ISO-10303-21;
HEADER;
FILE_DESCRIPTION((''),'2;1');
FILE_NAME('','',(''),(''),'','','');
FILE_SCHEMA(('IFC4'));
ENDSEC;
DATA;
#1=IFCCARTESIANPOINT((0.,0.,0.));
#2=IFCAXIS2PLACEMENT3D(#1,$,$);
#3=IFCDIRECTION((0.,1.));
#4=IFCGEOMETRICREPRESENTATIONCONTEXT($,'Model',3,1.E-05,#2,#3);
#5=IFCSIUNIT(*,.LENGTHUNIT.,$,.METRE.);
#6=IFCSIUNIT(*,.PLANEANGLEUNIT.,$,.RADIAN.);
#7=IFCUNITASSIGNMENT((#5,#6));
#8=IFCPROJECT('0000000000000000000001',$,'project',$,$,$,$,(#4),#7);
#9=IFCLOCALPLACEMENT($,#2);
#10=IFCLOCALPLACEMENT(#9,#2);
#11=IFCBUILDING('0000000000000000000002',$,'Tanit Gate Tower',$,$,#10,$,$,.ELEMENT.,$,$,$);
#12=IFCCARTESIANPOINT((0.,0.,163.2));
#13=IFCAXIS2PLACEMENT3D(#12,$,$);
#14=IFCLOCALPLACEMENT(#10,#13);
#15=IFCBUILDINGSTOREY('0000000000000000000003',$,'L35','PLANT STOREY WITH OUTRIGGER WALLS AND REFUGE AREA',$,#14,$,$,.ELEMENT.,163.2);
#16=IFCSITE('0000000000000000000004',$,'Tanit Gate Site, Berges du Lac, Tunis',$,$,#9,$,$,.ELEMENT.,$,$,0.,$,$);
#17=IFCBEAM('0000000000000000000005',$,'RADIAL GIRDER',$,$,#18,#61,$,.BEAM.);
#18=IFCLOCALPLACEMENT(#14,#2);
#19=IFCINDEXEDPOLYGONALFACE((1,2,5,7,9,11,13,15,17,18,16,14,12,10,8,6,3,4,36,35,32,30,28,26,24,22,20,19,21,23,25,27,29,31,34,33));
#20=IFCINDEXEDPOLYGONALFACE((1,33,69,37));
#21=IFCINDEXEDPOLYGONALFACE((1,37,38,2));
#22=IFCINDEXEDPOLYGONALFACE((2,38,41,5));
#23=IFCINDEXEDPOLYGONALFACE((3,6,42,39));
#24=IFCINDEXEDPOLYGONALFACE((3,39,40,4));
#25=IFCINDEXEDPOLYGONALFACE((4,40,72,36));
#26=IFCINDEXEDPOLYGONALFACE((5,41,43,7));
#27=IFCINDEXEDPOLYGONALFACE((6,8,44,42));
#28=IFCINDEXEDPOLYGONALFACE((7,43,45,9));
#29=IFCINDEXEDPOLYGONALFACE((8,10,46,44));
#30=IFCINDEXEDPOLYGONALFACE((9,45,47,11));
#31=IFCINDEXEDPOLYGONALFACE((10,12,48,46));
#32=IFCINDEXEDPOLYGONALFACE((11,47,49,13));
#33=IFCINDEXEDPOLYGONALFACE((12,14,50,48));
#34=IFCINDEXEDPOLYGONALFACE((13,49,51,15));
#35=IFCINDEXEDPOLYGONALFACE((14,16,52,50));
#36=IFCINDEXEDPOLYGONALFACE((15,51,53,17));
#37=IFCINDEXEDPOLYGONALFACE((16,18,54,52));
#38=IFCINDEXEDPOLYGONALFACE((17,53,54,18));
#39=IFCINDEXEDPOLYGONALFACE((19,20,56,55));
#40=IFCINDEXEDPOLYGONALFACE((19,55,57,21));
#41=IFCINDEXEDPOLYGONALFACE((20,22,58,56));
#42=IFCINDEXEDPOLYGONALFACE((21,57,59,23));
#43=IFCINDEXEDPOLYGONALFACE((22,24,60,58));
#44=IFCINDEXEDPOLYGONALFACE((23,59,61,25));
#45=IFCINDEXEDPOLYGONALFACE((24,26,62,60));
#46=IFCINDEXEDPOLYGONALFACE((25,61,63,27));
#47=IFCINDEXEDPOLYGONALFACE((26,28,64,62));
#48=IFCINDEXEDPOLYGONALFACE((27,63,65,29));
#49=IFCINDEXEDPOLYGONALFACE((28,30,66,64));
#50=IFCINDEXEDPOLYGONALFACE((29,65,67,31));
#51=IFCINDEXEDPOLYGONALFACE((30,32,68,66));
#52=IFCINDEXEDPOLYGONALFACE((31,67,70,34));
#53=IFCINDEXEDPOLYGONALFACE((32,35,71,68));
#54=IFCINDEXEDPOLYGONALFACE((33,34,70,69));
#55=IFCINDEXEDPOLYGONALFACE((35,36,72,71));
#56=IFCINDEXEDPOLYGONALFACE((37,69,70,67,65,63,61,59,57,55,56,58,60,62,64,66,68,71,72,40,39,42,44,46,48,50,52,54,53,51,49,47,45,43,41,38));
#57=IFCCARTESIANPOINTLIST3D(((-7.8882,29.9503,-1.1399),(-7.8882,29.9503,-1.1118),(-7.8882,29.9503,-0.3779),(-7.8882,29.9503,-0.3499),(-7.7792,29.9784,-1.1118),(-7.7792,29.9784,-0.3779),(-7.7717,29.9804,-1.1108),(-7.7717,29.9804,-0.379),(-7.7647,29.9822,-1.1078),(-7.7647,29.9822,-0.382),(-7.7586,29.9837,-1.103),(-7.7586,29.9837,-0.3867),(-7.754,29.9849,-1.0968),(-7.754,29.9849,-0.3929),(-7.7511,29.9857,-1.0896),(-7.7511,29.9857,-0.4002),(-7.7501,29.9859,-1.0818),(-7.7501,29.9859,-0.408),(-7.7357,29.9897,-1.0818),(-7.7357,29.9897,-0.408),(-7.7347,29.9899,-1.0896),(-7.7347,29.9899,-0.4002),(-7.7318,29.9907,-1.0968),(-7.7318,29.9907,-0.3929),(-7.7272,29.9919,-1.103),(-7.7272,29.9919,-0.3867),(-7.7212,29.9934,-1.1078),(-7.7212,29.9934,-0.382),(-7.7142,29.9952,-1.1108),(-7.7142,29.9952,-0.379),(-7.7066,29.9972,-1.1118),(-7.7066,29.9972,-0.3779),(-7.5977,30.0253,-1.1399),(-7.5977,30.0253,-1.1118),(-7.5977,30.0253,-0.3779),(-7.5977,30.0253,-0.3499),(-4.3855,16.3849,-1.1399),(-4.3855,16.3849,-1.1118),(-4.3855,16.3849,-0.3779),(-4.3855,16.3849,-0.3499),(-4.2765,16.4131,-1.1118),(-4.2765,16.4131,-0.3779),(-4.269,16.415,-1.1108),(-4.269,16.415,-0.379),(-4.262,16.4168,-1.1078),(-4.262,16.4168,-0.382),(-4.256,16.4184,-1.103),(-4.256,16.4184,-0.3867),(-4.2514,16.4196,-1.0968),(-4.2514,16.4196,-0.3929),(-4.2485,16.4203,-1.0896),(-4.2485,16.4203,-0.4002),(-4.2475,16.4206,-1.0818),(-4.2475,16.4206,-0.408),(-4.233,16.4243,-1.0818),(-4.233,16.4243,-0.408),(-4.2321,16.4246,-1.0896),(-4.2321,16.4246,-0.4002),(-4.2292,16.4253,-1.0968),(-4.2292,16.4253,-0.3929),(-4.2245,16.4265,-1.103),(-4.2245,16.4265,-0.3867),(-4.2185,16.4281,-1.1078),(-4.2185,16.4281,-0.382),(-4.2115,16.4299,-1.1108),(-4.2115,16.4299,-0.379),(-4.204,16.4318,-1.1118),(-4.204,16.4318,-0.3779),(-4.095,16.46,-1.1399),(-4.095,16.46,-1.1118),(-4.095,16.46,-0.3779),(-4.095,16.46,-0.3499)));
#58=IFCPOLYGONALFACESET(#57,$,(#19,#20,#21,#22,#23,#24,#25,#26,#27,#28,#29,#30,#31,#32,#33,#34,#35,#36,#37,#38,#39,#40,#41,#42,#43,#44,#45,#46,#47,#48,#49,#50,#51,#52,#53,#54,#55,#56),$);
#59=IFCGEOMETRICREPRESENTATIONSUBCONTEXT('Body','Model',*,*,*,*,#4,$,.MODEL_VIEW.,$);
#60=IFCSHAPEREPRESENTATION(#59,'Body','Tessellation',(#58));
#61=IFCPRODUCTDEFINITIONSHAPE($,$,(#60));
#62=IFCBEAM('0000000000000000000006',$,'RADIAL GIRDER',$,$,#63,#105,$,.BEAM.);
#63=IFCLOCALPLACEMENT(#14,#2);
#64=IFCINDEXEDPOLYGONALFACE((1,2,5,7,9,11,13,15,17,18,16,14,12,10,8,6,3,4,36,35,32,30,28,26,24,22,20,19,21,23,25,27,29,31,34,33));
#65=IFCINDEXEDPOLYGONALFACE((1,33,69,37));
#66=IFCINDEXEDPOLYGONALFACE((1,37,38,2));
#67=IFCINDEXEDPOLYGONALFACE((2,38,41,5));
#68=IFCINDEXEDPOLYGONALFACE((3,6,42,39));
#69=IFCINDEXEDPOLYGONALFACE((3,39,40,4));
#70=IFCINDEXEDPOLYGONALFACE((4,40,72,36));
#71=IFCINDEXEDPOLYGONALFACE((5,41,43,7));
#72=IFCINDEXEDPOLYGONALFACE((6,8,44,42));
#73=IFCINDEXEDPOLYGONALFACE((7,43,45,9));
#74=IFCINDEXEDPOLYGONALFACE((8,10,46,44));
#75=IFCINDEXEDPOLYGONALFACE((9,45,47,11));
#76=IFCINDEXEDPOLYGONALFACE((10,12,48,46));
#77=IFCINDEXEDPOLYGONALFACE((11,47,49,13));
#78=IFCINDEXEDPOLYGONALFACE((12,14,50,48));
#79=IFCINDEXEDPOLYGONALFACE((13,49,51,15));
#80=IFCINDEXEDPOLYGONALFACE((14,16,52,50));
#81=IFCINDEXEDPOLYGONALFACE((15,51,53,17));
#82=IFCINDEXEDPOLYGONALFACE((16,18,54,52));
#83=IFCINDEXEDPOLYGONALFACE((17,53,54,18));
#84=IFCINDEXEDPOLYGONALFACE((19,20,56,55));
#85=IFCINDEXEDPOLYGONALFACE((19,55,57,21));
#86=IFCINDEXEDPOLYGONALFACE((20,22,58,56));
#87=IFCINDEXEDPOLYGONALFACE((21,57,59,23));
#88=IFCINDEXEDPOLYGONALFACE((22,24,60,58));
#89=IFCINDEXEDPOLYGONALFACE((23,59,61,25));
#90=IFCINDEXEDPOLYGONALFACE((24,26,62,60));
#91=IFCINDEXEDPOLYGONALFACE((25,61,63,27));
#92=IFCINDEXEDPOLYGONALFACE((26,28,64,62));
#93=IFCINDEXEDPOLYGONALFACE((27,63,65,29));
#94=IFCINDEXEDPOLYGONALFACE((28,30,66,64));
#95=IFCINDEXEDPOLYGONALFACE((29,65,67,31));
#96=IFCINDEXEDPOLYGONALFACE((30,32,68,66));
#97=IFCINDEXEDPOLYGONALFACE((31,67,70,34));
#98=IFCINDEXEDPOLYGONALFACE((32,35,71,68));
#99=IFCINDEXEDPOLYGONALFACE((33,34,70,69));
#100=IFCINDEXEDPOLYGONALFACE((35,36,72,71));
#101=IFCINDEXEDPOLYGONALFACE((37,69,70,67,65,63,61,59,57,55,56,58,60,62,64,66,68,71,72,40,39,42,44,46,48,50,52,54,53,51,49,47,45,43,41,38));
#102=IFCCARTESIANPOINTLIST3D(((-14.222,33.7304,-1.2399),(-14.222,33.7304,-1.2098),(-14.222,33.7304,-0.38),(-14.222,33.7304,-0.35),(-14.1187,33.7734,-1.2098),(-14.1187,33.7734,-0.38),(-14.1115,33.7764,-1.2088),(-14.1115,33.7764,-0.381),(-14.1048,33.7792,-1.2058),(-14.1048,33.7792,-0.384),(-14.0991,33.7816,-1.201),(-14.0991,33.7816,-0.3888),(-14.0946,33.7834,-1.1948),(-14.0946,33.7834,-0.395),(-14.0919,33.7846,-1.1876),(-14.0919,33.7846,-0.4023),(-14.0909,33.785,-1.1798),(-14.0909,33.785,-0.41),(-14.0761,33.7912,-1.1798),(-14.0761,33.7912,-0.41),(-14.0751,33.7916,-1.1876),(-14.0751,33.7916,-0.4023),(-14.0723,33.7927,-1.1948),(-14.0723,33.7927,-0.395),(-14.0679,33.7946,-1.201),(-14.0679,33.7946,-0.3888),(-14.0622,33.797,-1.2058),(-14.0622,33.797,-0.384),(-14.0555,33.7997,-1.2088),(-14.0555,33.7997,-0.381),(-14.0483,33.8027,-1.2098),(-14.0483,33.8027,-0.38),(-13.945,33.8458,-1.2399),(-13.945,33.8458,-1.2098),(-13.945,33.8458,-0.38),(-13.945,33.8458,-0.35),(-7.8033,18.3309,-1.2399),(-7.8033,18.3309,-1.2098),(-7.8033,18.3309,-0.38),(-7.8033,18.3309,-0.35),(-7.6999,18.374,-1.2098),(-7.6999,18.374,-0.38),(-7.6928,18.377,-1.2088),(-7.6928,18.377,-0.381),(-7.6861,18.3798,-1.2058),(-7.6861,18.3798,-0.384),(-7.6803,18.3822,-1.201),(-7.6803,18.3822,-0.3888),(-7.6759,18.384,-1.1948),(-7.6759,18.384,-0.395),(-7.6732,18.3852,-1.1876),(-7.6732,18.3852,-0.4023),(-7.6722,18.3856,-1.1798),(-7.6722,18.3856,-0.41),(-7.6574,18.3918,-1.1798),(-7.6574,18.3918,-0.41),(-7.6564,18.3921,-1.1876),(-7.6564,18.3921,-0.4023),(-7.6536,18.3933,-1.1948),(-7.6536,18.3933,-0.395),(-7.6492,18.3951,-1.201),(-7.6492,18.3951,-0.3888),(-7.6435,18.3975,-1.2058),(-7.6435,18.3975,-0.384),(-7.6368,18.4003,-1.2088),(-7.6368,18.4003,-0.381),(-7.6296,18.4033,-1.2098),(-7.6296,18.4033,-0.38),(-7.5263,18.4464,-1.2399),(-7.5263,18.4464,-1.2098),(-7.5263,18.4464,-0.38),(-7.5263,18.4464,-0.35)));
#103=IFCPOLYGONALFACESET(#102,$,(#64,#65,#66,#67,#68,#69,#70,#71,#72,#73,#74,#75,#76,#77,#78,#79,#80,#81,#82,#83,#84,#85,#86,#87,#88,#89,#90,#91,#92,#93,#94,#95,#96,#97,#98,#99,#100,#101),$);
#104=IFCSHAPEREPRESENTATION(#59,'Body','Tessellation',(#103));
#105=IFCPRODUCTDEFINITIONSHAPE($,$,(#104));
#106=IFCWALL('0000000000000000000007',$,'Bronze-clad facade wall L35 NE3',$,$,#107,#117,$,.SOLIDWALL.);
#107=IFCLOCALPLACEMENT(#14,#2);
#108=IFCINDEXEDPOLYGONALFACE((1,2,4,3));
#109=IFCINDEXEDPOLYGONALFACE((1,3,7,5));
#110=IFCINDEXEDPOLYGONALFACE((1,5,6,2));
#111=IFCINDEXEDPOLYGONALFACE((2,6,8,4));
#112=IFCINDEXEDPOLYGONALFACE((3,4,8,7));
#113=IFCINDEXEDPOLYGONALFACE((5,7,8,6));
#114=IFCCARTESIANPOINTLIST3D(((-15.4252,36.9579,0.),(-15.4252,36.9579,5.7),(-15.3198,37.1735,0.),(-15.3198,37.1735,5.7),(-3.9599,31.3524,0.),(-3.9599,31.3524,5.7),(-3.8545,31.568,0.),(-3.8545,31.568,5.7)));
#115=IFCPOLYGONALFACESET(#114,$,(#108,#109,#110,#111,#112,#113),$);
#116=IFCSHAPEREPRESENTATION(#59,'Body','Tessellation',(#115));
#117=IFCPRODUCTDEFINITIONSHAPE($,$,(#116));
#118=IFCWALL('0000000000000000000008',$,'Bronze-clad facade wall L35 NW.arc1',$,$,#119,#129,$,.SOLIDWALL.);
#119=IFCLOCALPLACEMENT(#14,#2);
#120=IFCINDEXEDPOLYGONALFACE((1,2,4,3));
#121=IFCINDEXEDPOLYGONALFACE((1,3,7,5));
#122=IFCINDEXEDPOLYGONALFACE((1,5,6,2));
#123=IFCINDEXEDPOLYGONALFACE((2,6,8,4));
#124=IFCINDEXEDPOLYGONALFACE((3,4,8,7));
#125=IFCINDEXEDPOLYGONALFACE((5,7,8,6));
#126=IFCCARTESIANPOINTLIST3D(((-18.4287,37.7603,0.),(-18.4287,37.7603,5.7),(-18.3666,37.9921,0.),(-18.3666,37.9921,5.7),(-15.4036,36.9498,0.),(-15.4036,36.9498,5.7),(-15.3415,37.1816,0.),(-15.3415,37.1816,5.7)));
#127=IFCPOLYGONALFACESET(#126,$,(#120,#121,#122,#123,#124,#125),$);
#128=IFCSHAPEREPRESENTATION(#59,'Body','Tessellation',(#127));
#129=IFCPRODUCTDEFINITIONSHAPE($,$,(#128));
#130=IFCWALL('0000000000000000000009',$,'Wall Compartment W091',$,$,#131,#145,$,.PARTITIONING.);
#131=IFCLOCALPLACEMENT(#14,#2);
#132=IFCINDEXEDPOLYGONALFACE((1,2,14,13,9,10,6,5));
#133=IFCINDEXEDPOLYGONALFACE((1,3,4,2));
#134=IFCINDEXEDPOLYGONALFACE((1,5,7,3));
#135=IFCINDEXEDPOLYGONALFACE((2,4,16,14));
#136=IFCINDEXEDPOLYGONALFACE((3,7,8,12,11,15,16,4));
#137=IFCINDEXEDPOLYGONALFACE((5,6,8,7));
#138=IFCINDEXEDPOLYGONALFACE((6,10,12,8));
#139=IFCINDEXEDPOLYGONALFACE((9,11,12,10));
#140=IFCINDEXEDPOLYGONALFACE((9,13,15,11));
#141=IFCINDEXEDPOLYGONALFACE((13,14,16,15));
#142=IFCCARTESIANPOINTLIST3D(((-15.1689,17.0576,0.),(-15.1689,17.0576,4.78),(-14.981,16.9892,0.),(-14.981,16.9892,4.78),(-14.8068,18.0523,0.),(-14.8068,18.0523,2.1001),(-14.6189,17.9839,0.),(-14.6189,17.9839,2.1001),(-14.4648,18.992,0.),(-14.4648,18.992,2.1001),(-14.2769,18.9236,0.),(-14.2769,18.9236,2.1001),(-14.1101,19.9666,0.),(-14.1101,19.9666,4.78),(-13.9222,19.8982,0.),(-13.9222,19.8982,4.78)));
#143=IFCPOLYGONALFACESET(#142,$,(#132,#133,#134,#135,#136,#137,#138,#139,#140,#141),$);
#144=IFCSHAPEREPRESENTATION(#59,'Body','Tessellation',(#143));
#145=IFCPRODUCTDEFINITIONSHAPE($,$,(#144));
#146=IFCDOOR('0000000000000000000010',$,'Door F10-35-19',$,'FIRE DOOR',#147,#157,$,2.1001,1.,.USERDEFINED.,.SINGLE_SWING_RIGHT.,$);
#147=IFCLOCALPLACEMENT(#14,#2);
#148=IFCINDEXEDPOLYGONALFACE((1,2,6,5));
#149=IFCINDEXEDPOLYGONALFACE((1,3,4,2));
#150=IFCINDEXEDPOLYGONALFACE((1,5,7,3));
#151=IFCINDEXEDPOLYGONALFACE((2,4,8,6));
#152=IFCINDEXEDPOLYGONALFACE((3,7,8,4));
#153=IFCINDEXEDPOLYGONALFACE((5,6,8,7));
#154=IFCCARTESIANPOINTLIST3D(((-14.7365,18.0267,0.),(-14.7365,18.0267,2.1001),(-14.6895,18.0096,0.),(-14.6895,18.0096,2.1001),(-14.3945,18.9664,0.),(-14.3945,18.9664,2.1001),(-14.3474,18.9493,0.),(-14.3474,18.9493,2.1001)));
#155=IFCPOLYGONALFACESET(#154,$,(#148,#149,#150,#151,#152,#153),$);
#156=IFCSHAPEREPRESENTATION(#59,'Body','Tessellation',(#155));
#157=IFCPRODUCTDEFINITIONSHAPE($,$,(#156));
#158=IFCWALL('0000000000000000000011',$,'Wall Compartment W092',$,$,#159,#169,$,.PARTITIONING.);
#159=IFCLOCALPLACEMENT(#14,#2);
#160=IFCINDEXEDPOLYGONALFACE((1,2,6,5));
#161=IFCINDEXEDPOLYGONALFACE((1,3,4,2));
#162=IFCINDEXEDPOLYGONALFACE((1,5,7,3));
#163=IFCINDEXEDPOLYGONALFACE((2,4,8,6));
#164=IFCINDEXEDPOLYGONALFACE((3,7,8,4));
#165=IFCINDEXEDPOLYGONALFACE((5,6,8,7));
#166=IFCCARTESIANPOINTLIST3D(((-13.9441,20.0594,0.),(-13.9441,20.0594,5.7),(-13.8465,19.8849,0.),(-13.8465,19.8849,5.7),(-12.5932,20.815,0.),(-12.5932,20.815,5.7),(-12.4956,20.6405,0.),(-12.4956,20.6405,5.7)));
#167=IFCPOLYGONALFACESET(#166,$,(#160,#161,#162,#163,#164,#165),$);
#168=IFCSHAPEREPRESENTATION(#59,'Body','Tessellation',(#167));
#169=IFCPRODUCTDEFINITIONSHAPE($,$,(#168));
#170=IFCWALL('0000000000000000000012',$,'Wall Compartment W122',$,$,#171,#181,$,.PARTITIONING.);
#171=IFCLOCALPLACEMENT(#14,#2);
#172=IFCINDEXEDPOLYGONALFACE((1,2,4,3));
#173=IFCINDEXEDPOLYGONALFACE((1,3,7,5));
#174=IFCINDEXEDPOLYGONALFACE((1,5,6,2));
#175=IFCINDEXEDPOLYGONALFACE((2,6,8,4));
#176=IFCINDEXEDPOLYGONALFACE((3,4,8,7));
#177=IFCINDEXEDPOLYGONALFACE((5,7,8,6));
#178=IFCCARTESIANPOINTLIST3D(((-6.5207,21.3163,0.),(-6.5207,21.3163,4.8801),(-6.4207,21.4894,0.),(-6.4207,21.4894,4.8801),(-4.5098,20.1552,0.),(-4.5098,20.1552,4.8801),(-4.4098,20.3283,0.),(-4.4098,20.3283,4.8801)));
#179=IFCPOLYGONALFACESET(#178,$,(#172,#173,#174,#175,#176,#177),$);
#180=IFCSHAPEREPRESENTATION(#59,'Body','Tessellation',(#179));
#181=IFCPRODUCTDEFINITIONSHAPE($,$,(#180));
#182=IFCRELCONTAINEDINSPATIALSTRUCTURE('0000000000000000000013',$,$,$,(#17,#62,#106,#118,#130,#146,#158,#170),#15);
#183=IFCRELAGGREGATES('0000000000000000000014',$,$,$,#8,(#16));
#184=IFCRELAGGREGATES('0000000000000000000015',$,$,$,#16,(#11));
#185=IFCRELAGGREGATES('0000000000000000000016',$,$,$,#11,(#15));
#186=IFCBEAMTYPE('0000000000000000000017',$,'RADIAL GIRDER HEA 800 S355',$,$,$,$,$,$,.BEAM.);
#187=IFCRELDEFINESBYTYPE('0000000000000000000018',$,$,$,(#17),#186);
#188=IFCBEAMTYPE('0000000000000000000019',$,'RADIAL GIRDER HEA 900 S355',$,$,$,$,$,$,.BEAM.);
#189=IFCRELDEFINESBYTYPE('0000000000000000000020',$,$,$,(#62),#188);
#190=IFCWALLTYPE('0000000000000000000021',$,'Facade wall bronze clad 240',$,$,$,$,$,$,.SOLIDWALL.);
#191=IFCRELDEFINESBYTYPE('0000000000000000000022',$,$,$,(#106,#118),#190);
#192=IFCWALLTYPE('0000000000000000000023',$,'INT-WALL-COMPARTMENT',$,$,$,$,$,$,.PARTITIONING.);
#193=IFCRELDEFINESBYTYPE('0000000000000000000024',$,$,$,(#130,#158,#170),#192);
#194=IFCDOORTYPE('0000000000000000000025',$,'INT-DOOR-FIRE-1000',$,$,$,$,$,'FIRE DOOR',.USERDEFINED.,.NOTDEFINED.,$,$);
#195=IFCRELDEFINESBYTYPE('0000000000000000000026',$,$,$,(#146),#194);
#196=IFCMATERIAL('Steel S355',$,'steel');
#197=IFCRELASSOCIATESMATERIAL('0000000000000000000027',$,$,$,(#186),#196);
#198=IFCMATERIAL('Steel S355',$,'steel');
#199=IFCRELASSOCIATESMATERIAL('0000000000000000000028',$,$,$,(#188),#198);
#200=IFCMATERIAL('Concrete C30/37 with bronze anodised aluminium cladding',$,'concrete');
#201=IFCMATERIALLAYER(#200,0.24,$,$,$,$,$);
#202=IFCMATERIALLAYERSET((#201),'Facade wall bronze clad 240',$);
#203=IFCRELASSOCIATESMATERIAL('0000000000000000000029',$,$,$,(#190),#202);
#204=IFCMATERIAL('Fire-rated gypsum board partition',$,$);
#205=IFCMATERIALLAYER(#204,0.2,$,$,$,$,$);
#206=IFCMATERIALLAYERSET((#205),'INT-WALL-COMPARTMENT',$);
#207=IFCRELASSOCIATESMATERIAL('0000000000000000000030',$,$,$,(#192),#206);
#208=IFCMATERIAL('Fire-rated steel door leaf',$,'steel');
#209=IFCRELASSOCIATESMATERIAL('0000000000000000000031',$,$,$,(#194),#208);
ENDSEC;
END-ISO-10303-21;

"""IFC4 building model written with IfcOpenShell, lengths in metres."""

from ifc_helpers import new_model, si_unit, direction, frame, frame_2d, origin, origin_2d, place, context, subcontext, project, spatial, rectangle, i_section, extrude, material, layer, layer_set, material_profile, profile_set, type_object, element, fill, save


model = new_model("IFC4")

# Units and contexts
model_context = context("Model", 3, precision=1e-05, world=origin(), true_north=direction((0.0, 1.0)))
body_context = subcontext(model_context, "Body", "Model", "MODEL_VIEW")
ifc_project = project(units=[si_unit("LENGTHUNIT", "METRE"), si_unit("PLANEANGLEUNIT", "RADIAN")], contexts=[model_context])

# Site, building, storey
site_placement = place(None, origin())
site = spatial("IfcSite", under=ifc_project, at=site_placement, Name="Tanit Gate Site, Berges du Lac, Tunis", CompositionType="ELEMENT", RefElevation=0.0)
building_placement = place(site_placement, origin())
building = spatial("IfcBuilding", under=site, at=building_placement, Name="Tanit Gate Tower", CompositionType="ELEMENT")
storey_placement = place(building_placement, frame((0.0, 0.0, 163.2)))
storey = spatial("IfcBuildingStorey", under=building, at=storey_placement, Name="L35", Description="PLANT STOREY WITH OUTRIGGER WALLS AND REFUGE AREA", CompositionType="ELEMENT", Elevation=163.2)

# Beams
ifc_material_1 = material(Name="Steel S355", Category="steel")
ifc_material_profile_1 = material_profile(ifc_material_1, i_section(OverallWidth=0.3, OverallDepth=0.79, WebThickness=0.0149, FlangeThickness=0.0281, FilletRadius=0.03, at=origin_2d()), Name="HEA 800")
ifc_profile_set_1 = profile_set([ifc_material_profile_1], Name="Steel S355")
beam_type_1 = type_object("IfcBeamType", Name="RADIAL GIRDER HEA 800 S355", PredefinedType="BEAM", material=ifc_profile_set_1)
beam_1_placement = place(storey_placement, frame((-7.7429, 29.9878, -0.7449), z_axis=(0.250007, -0.968244, 0.0), x_axis=(0.968244, 0.250007, 0.0)))
element("IfcBeam", 1, at=beam_1_placement, inside=storey, type_object=beam_type_1, Name="RADIAL GIRDER", PredefinedType="BEAM", context=body_context, shape_type="SweptSolid", body=[
    extrude(i_section(OverallWidth=0.3, OverallDepth=0.79, WebThickness=0.0149, FlangeThickness=0.0281, FilletRadius=0.03, at=origin_2d()), origin(), (0.0, 0.0, 1.0), 14.0103),
])
ifc_material_2 = material(Name="Steel S355", Category="steel")
ifc_material_profile_2 = material_profile(ifc_material_2, i_section(OverallWidth=0.3, OverallDepth=0.8899, WebThickness=0.0161, FlangeThickness=0.03, FilletRadius=0.03, at=origin_2d()), Name="HEA 900")
ifc_profile_set_2 = profile_set([ifc_material_profile_2], Name="Steel S355")
beam_type_2 = type_object("IfcBeamType", Name="RADIAL GIRDER HEA 900 S355", PredefinedType="BEAM", material=ifc_profile_set_2)
beam_2_placement = place(storey_placement, frame((-14.0835, 33.7881, -0.7949), z_axis=(0.384732, -0.923028, 0.0), x_axis=(0.923028, 0.384732, 0.0)))
element("IfcBeam", 2, at=beam_2_placement, inside=storey, type_object=beam_type_2, Name="RADIAL GIRDER", PredefinedType="BEAM", context=body_context, shape_type="SweptSolid", body=[
    extrude(i_section(OverallWidth=0.3, OverallDepth=0.8899, WebThickness=0.0161, FlangeThickness=0.03, FilletRadius=0.03, at=origin_2d()), origin(), (0.0, 0.0, 1.0), 16.6836),
])

# Walls
ifc_material_3 = material(Name="Concrete C30/37 with bronze anodised aluminium cladding", Category="concrete")
ifc_layer_1 = layer(ifc_material_3, 0.24)
ifc_layer_set_1 = layer_set([ifc_layer_1], Name="Facade wall bronze clad 240")
wall_type_1 = type_object("IfcWallType", Name="Facade wall bronze clad 240", PredefinedType="SOLIDWALL", material=ifc_layer_set_1)
wall_1_placement = place(storey_placement, frame((-3.9072, 31.4602, 0.0), z_axis=(0.0, 0.0, 1.0), x_axis=(-0.898378, 0.439222, 0.0)))
element("IfcWall", 3, at=wall_1_placement, inside=storey, type_object=wall_type_1, Name="Bronze-clad facade wall L35 NE3", PredefinedType="SOLIDWALL", context=body_context, shape_type="SweptSolid", body=[
    extrude(rectangle(XDim=12.7622, YDim=0.24, at=frame_2d((6.3811, 0.0))), origin(), (0.0, 0.0, 1.0), 5.7),
])
wall_2_placement = place(storey_placement, frame((-15.3726, 37.0657, 0.0), z_axis=(0.0, 0.0, 1.0), x_axis=(-0.965929, 0.258808, 0.0)))
element("IfcWall", 4, at=wall_2_placement, inside=storey, type_object=wall_type_1, Name="Bronze-clad facade wall L35 NW.arc1", PredefinedType="SOLIDWALL", context=body_context, shape_type="SweptSolid", body=[
    extrude(rectangle(XDim=3.1318, YDim=0.24, at=frame_2d((1.5659, 0.0))), origin(), (0.0, 0.0, 1.0), 5.7),
])

# Wall, opening, door
ifc_material_4 = material(Name="Fire-rated gypsum board partition")
ifc_layer_2 = layer(ifc_material_4, 0.2)
ifc_layer_set_2 = layer_set([ifc_layer_2], Name="INT-WALL-COMPARTMENT")
wall_type_2 = type_object("IfcWallType", Name="INT-WALL-COMPARTMENT", PredefinedType="PARTITIONING", material=ifc_layer_set_2)
wall_3_placement = place(storey_placement, frame((-14.0161, 19.9324, 0.0), z_axis=(0.0, 0.0, 1.0), x_axis=(-0.342041, -0.939685, 0.0)))
wall_3 = element("IfcWall", 5, at=wall_3_placement, inside=storey, type_object=wall_type_2, Name="Wall Compartment W091", PredefinedType="PARTITIONING", context=body_context, shape_type="SweptSolid", body=[
    extrude(rectangle(XDim=3.0957, YDim=0.2, at=frame_2d((1.5479, 0.0))), origin(), (0.0, 0.0, 1.0), 4.78),
])
opening_1_placement = place(wall_3_placement, frame((1.0371, 0.0, 0.0)))
opening_1 = element("IfcOpeningElement", 6, at=opening_1_placement, cuts=wall_3, PredefinedType="OPENING", context=body_context, shape_type="SweptSolid", body=[
    extrude(rectangle(XDim=1.0, YDim=2.1001, at=frame_2d((0.5, 1.05))), frame((0.0, 0.1099, 0.0), z_axis=(0.0, -1.0, 0.0), x_axis=(1.0, 0.0, 0.0)), (0.0, 0.0, 1.0), 0.22),
])
ifc_material_5 = material(Name="Fire-rated steel door leaf", Category="steel")
door_type_1 = type_object("IfcDoorType", Name="INT-DOOR-FIRE-1000", ElementType="FIRE DOOR", OperationType="NOTDEFINED", PredefinedType="USERDEFINED", material=ifc_material_5)
door_1_placement = place(opening_1_placement, origin())
door_1 = element("IfcDoor", 7, at=door_1_placement, inside=storey, type_object=door_type_1, Name="Door F10-35-19", ObjectType="FIRE DOOR", OperationType="SINGLE_SWING_RIGHT", OverallHeight=2.1001, OverallWidth=1.0, PredefinedType="USERDEFINED", context=body_context, shape_type="SweptSolid", body=[
    extrude(rectangle(XDim=1.0, YDim=2.1001, at=frame_2d((0.5, 1.05))), frame((0.0, 0.0249, 0.0), z_axis=(0.0, -1.0, 0.0), x_axis=(1.0, 0.0, 0.0)), (0.0, 0.0, 1.0), 0.05),
])
fill(opening_1, door_1)

# Walls
wall_4_placement = place(storey_placement, frame((-12.5444, 20.7278, 0.0), z_axis=(0.0, 0.0, 1.0), x_axis=(-0.87274, -0.488185, 0.0)))
element("IfcWall", 8, at=wall_4_placement, inside=storey, type_object=wall_type_2, Name="Wall Compartment W092", PredefinedType="PARTITIONING", context=body_context, shape_type="SweptSolid", body=[
    extrude(rectangle(XDim=1.5479, YDim=0.2, at=frame_2d((0.7739, 0.0))), origin(), (0.0, 0.0, 1.0), 5.7),
])
wall_5_placement = place(storey_placement, frame((-4.4597, 20.2417, 0.0), z_axis=(0.0, 0.0, 1.0), x_axis=(-0.866009, 0.500029, 0.0)))
element("IfcWall", 9, at=wall_5_placement, inside=storey, type_object=wall_type_2, Name="Wall Compartment W122", PredefinedType="PARTITIONING", context=body_context, shape_type="SweptSolid", body=[
    extrude(rectangle(XDim=2.322, YDim=0.2, at=frame_2d((1.1611, 0.0))), origin(), (0.0, 0.0, 1.0), 4.8801),
])

save(model, "model.ifc")
